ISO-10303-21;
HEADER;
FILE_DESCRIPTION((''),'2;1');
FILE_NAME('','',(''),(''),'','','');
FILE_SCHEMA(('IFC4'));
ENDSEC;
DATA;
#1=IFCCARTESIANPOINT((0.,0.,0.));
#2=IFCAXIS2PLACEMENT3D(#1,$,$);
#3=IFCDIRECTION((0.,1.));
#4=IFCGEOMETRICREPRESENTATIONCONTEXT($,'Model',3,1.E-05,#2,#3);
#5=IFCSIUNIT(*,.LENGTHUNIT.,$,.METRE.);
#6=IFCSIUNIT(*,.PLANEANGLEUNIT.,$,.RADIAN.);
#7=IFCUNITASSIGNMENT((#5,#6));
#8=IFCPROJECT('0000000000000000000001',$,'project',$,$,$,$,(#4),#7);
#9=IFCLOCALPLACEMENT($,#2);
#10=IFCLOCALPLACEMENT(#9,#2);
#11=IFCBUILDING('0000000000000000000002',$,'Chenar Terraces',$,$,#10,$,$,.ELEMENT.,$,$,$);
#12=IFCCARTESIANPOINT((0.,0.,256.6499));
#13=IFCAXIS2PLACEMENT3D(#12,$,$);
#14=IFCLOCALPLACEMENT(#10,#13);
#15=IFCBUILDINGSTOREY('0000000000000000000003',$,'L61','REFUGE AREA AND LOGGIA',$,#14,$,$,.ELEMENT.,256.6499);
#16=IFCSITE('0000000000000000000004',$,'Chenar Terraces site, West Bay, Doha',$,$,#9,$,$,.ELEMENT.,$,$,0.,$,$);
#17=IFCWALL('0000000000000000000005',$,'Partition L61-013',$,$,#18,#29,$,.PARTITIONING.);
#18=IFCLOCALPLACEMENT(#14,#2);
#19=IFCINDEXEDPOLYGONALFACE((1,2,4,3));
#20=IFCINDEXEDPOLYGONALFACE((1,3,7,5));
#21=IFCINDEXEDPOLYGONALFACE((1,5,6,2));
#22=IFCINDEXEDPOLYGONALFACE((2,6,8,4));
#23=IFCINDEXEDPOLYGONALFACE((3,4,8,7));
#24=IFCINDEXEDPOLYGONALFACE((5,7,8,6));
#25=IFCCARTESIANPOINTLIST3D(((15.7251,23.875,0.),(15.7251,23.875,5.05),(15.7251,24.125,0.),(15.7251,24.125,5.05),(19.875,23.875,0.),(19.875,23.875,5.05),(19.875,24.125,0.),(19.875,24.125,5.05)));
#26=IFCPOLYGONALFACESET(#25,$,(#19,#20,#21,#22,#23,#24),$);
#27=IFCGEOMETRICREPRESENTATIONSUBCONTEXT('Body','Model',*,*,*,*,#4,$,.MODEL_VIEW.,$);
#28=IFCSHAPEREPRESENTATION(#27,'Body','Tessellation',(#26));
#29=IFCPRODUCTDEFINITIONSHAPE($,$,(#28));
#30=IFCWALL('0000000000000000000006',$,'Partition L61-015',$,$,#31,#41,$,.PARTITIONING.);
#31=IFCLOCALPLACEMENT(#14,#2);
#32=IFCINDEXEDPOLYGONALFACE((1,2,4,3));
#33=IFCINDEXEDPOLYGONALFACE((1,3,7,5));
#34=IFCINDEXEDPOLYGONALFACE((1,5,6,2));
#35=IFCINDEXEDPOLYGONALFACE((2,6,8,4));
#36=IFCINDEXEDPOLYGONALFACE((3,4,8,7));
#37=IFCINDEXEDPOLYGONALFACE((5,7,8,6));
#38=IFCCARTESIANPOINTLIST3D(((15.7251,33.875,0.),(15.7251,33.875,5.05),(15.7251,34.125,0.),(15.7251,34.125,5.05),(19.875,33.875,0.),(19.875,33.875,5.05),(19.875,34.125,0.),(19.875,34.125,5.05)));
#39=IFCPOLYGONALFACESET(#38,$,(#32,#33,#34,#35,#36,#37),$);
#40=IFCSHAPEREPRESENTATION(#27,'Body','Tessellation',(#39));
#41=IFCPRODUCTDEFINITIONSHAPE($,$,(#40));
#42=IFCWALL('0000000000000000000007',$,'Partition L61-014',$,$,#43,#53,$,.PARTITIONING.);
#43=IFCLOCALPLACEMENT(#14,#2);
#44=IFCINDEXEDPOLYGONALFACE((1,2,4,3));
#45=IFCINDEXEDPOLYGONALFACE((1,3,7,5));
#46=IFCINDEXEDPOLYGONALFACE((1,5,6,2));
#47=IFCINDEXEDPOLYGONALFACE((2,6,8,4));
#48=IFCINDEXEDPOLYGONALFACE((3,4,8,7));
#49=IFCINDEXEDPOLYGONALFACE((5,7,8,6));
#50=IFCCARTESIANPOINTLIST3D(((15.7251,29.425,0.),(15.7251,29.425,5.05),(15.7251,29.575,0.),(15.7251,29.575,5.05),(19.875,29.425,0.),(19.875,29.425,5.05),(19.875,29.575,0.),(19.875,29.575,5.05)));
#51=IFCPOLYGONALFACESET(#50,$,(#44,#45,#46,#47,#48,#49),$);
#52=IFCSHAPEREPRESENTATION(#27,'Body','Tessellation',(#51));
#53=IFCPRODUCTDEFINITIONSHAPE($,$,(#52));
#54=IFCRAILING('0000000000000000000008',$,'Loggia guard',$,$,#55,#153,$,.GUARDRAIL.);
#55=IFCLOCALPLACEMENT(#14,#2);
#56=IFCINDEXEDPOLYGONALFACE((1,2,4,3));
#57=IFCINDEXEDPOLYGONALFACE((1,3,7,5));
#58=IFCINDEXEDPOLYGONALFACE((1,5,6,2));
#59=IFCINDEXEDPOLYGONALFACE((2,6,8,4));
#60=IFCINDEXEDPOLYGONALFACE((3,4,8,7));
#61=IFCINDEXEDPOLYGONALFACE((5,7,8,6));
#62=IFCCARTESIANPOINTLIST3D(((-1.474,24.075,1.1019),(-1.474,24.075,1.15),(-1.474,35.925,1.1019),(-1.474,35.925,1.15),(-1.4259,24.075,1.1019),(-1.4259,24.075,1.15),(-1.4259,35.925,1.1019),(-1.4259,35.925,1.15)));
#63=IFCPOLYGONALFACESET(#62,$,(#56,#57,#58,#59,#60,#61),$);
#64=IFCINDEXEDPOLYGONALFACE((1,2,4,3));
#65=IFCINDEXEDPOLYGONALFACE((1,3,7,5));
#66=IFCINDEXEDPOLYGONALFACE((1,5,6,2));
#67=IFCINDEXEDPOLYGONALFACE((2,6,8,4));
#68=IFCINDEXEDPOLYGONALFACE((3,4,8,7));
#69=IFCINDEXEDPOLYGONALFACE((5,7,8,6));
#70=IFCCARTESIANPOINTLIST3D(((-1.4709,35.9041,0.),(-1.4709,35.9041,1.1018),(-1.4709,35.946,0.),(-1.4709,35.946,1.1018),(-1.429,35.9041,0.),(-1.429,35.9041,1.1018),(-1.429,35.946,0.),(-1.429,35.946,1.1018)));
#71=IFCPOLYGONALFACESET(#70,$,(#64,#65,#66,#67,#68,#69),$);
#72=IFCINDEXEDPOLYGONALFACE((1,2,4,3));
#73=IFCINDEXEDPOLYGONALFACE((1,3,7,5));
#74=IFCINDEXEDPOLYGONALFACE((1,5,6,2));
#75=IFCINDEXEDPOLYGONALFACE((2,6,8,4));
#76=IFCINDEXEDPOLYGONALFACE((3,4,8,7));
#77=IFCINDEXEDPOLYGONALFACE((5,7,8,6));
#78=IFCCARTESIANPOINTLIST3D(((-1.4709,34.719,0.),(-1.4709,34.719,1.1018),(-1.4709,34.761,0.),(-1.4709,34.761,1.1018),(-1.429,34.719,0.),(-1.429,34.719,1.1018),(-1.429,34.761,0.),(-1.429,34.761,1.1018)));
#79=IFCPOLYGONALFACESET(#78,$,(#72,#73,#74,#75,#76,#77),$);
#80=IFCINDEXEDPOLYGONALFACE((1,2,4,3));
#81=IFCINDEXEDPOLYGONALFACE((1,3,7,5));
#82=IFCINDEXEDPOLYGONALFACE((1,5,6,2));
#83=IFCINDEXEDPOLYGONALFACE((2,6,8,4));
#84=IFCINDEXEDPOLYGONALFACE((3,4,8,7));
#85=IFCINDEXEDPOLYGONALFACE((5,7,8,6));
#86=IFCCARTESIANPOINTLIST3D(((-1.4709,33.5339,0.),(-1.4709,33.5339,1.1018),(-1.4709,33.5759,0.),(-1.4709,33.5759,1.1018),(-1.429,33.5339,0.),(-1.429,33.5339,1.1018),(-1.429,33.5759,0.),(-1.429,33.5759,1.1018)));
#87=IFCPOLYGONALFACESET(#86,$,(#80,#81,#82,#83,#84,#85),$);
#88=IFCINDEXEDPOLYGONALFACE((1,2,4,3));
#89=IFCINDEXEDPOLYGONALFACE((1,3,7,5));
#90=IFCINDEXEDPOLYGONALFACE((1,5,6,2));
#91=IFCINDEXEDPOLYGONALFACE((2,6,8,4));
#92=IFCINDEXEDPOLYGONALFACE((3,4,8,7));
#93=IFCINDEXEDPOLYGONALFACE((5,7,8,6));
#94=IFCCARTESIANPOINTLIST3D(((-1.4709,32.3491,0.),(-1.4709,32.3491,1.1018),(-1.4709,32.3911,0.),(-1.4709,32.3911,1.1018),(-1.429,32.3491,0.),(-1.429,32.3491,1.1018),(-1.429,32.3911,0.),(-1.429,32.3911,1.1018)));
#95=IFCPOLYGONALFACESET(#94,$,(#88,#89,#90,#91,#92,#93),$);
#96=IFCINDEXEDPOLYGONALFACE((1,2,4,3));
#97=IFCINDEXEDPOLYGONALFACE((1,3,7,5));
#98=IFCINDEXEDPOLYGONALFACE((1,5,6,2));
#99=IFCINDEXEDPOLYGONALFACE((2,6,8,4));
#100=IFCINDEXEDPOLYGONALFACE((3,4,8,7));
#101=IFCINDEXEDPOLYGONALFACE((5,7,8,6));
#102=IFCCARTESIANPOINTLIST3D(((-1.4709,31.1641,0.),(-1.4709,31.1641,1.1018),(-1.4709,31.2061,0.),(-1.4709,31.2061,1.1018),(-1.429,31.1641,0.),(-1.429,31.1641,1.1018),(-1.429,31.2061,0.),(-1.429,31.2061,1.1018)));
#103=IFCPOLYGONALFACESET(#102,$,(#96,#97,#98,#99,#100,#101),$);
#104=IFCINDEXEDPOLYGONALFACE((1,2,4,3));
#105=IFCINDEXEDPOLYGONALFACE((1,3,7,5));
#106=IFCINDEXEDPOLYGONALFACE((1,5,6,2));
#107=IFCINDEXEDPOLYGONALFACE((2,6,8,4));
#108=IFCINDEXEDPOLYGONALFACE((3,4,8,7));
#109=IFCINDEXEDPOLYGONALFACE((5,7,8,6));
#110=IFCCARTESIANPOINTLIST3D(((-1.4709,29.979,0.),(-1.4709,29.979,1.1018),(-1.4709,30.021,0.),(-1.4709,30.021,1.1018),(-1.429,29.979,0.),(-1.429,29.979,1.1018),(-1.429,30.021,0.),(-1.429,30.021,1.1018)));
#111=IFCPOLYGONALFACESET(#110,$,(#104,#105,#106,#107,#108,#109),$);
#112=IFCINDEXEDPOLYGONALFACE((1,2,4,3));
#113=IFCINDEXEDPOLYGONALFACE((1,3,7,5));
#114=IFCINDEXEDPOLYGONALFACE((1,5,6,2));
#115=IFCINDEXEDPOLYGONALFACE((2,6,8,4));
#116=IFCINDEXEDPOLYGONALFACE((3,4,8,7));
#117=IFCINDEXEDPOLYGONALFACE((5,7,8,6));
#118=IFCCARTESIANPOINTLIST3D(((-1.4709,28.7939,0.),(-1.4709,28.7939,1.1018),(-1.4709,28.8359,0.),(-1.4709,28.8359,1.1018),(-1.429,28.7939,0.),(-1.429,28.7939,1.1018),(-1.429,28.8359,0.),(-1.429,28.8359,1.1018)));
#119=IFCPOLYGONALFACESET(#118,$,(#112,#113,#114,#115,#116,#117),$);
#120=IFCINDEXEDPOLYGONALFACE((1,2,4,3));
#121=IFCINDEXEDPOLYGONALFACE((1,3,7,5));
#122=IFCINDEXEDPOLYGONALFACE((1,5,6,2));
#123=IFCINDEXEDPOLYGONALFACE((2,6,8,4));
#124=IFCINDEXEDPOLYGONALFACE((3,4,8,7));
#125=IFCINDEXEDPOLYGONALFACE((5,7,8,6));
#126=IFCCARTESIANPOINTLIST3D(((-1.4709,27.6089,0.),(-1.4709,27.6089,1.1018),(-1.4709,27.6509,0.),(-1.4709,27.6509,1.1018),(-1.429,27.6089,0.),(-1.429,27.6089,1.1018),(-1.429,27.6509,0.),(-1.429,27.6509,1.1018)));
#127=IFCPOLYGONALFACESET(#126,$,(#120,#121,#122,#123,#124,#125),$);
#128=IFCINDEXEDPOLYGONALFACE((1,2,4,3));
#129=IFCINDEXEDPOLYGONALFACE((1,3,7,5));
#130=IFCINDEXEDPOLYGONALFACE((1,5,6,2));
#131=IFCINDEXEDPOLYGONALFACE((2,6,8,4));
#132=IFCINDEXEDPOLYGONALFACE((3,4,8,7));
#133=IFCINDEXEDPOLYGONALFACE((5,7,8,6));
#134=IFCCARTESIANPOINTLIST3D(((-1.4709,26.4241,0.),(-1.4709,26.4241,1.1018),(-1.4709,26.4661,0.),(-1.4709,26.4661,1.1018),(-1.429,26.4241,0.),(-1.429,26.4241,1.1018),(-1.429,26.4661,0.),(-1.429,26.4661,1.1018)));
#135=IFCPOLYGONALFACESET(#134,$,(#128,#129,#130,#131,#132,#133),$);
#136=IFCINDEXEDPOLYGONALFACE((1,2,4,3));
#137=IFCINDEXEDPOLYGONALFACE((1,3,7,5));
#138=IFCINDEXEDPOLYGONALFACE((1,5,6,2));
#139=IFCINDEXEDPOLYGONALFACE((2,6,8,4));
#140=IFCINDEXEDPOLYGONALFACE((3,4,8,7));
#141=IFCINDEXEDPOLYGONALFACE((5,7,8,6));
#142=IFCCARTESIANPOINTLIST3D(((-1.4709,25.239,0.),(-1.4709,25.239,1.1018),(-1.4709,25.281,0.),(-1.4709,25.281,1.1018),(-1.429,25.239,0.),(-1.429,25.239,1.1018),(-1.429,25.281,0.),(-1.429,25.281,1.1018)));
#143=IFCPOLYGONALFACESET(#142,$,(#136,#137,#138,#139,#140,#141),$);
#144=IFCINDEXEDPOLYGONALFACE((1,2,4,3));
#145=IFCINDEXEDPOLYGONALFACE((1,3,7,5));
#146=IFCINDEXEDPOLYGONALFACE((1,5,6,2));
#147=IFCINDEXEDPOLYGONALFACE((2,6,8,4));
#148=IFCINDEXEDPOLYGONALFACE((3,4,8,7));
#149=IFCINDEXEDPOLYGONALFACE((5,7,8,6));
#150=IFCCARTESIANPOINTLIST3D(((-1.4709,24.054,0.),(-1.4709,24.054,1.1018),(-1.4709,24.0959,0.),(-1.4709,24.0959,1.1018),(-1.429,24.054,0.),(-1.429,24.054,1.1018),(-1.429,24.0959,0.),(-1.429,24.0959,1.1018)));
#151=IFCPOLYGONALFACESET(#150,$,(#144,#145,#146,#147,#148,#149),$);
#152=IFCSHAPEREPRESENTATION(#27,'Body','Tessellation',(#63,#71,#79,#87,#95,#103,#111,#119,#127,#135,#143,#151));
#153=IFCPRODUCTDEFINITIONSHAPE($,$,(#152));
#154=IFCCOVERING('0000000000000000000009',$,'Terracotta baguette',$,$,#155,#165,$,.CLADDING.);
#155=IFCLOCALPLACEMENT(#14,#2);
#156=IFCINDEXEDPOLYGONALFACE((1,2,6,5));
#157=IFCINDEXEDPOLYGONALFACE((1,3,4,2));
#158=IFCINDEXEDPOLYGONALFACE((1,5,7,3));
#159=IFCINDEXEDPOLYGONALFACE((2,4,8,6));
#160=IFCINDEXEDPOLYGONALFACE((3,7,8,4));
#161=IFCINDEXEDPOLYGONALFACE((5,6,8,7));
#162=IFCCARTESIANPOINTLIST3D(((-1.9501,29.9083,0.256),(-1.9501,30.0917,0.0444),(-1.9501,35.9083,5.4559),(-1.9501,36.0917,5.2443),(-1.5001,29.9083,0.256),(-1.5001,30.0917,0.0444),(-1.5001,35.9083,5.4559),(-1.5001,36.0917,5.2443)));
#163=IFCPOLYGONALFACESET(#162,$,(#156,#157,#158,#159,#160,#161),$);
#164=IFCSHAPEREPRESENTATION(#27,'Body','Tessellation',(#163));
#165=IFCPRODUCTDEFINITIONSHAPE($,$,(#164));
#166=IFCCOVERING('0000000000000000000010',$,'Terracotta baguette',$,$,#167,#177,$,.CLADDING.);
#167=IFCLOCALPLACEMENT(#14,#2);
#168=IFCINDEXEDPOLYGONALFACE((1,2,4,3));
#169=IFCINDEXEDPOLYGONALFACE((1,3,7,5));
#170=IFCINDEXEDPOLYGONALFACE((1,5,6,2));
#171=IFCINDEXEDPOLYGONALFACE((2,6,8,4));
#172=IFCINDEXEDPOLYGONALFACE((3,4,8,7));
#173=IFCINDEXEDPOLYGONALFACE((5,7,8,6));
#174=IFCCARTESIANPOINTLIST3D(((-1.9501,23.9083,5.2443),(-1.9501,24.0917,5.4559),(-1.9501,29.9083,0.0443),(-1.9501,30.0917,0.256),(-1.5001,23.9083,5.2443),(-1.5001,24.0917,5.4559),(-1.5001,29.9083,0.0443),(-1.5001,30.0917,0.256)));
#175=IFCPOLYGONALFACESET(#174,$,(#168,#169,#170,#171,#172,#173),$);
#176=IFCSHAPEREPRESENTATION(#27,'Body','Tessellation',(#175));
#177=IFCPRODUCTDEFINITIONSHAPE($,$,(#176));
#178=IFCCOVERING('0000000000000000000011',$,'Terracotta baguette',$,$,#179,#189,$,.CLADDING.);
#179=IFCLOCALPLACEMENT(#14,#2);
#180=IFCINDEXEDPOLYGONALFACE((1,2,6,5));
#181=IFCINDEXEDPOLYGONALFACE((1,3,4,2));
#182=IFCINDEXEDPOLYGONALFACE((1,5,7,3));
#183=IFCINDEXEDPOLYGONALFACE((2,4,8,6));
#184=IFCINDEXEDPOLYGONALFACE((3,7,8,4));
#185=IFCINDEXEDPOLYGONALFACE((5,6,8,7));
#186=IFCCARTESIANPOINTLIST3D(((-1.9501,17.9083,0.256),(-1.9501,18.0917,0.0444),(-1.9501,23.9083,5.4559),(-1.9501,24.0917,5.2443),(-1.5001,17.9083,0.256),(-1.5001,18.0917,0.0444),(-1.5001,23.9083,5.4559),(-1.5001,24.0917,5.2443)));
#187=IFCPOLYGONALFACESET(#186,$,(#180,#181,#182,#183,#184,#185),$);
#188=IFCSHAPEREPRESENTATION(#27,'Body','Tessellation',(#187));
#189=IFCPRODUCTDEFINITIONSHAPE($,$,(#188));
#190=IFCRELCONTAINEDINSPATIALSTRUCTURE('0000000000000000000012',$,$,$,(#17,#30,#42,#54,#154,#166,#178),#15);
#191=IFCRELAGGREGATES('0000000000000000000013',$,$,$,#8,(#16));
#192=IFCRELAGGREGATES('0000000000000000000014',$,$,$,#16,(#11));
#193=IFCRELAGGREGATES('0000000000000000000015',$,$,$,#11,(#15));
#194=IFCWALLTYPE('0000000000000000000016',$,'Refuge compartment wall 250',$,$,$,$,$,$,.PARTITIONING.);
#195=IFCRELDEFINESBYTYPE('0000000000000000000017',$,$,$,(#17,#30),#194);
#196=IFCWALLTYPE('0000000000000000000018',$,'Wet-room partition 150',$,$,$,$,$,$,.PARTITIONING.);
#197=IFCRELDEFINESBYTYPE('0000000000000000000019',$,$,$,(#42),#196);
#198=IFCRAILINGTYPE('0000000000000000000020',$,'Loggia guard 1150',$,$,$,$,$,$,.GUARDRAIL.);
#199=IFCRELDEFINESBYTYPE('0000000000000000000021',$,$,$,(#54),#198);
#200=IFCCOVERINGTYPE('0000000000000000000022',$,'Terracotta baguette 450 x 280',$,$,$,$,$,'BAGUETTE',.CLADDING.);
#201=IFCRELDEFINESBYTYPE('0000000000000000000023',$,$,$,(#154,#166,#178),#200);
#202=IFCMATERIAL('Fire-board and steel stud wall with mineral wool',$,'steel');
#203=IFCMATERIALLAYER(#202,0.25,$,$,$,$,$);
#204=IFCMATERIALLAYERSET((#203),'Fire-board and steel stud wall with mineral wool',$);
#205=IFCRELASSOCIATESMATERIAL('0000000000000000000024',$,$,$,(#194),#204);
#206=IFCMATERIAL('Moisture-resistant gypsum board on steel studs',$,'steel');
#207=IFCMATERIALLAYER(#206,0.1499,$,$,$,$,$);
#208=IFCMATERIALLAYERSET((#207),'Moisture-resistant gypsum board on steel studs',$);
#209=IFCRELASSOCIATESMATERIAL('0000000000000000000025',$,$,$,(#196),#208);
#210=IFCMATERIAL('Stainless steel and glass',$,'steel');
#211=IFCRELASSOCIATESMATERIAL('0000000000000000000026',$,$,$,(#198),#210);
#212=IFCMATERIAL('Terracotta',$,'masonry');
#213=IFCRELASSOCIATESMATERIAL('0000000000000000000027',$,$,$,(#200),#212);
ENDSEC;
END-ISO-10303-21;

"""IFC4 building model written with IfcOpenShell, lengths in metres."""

from ifc_helpers import new_model, si_unit, direction, frame, frame_2d, origin, origin_2d, place, context, subcontext, project, spatial, rectangle, extrude, material, layer, layer_set, material_profile, profile_set, type_object, element, save


model = new_model("IFC4")

# Units and contexts
model_context = context("Model", 3, precision=1e-05, world=origin(), true_north=direction((0.0, 1.0)))
body_context = subcontext(model_context, "Body", "Model", "MODEL_VIEW")
ifc_project = project(units=[si_unit("LENGTHUNIT", "METRE"), si_unit("PLANEANGLEUNIT", "RADIAN")], contexts=[model_context])

# Site, building, storey
site_placement = place(None, origin())
site = spatial("IfcSite", under=ifc_project, at=site_placement, Name="Chenar Terraces site, West Bay, Doha", CompositionType="ELEMENT", RefElevation=0.0)
building_placement = place(site_placement, origin())
building = spatial("IfcBuilding", under=site, at=building_placement, Name="Chenar Terraces", CompositionType="ELEMENT")
storey_placement = place(building_placement, frame((0.0, 0.0, 256.6499)))
storey = spatial("IfcBuildingStorey", under=building, at=storey_placement, Name="L61", Description="REFUGE AREA AND LOGGIA", CompositionType="ELEMENT", Elevation=256.6499)

# Walls
ifc_material_1 = material(Name="Fire-board and steel stud wall with mineral wool", Category="steel")
ifc_layer_1 = layer(ifc_material_1, 0.25)
ifc_layer_set_1 = layer_set([ifc_layer_1], Name="Fire-board and steel stud wall with mineral wool")
wall_type_1 = type_object("IfcWallType", Name="Refuge compartment wall 250", PredefinedType="PARTITIONING", material=ifc_layer_set_1)
for number, where, z_axis, x_axis, name in (
    (1, (15.7251, 24.0, 0.0), (0.0, 0.0, 1.0), (1.0, 0.0, 0.0), "Partition L61-013"),
    (2, (15.7251, 34.0, 0.0), (0.0, 0.0, 1.0), (1.0, 0.0, 0.0), "Partition L61-015"),
):
    element("IfcWall", number, at=place(storey_placement, frame(where, z_axis=z_axis, x_axis=x_axis)), inside=storey, type_object=wall_type_1, Name=name, PredefinedType="PARTITIONING", context=body_context, shape_type="SweptSolid", body=[
        extrude(rectangle(XDim=4.1499, YDim=0.25, at=frame_2d((2.075, 0.0))), origin(), (0.0, 0.0, 1.0), 5.05),
    ])
ifc_material_2 = material(Name="Moisture-resistant gypsum board on steel studs", Category="steel")
ifc_layer_2 = layer(ifc_material_2, 0.1499)
ifc_layer_set_2 = layer_set([ifc_layer_2], Name="Moisture-resistant gypsum board on steel studs")
wall_type_2 = type_object("IfcWallType", Name="Wet-room partition 150", PredefinedType="PARTITIONING", material=ifc_layer_set_2)
wall_1_placement = place(storey_placement, frame((15.7251, 29.5, 0.0), z_axis=(0.0, 0.0, 1.0), x_axis=(1.0, 0.0, 0.0)))
element("IfcWall", 3, at=wall_1_placement, inside=storey, type_object=wall_type_2, Name="Partition L61-014", PredefinedType="PARTITIONING", context=body_context, shape_type="SweptSolid", body=[
    extrude(rectangle(XDim=4.1499, YDim=0.1499, at=frame_2d((2.075, 0.0))), origin(), (0.0, 0.0, 1.0), 5.05),
])

# Railing
ifc_material_3 = material(Name="Stainless steel and glass", Category="steel")
railing_type = type_object("IfcRailingType", Name="Loggia guard 1150", PredefinedType="GUARDRAIL", material=ifc_material_3)
railing_placement = place(storey_placement, frame((-1.45, 35.925, 0.0)))
element("IfcRailing", 4, at=railing_placement, inside=storey, type_object=railing_type, Name="Loggia guard", PredefinedType="GUARDRAIL", context=body_context, shape_type="SweptSolid", body=[
    extrude(rectangle(XDim=0.0481, YDim=0.0481, at=origin_2d()), frame((0.0, 0.0, 1.126), z_axis=(0.0, -1.0, 0.0), x_axis=(1.0, 0.0, 0.0)), (0.0, 0.0, 1.0), 11.8501),
    extrude(rectangle(XDim=0.042, YDim=0.042, at=origin_2d()), origin(), (0.0, 0.0, 1.0), 1.1018),
    extrude(rectangle(XDim=0.042, YDim=0.042, at=origin_2d()), frame((0.0, -1.1851, 0.0)), (0.0, 0.0, 1.0), 1.1018),
    extrude(rectangle(XDim=0.042, YDim=0.042, at=origin_2d()), frame((0.0, -2.3701, 0.0)), (0.0, 0.0, 1.0), 1.1018),
    extrude(rectangle(XDim=0.042, YDim=0.042, at=origin_2d()), frame((0.0, -3.5549, 0.0)), (0.0, 0.0, 1.0), 1.1018),
    extrude(rectangle(XDim=0.042, YDim=0.042, at=origin_2d()), frame((0.0, -4.74, 0.0)), (0.0, 0.0, 1.0), 1.1018),
    extrude(rectangle(XDim=0.042, YDim=0.042, at=origin_2d()), frame((0.0, -5.925, 0.0)), (0.0, 0.0, 1.0), 1.1018),
    extrude(rectangle(XDim=0.042, YDim=0.042, at=origin_2d()), frame((0.0, -7.1101, 0.0)), (0.0, 0.0, 1.0), 1.1018),
    extrude(rectangle(XDim=0.042, YDim=0.042, at=origin_2d()), frame((0.0, -8.2952, 0.0)), (0.0, 0.0, 1.0), 1.1018),
    extrude(rectangle(XDim=0.042, YDim=0.042, at=origin_2d()), frame((0.0, -9.48, 0.0)), (0.0, 0.0, 1.0), 1.1018),
    extrude(rectangle(XDim=0.042, YDim=0.042, at=origin_2d()), frame((0.0, -10.665, 0.0)), (0.0, 0.0, 1.0), 1.1018),
    extrude(rectangle(XDim=0.042, YDim=0.042, at=origin_2d()), frame((0.0, -11.8501, 0.0)), (0.0, 0.0, 1.0), 1.1018),
])

# Coverings
ifc_material_4 = material(Name="Terracotta", Category="masonry")
ifc_material_profile_1 = material_profile(ifc_material_4, rectangle(XDim=0.45, YDim=0.28, at=origin_2d()), Name="Terracotta baguette 450 x 280")
ifc_profile_set_1 = profile_set([ifc_material_profile_1], Name="Terracotta")
covering_type = type_object("IfcCoveringType", Name="Terracotta baguette 450 x 280", ElementType="BAGUETTE", PredefinedType="CLADDING", material=ifc_profile_set_1)
for number, where, z_axis, x_axis, name in (
    (5, (-1.7251, 36.0, 5.3501), (0.0, -0.755692, -0.654927), (1.0, 0.0, 0.0), "Terracotta baguette"),
    (6, (-1.7251, 30.0, 0.1501), (0.0, -0.755692, 0.654927), (1.0, 0.0, 0.0), "Terracotta baguette"),
    (7, (-1.7251, 24.0, 5.3501), (0.0, -0.755692, -0.654927), (1.0, 0.0, 0.0), "Terracotta baguette"),
):
    element("IfcCovering", number, at=place(storey_placement, frame(where, z_axis=z_axis, x_axis=x_axis)), inside=storey, type_object=covering_type, Name=name, PredefinedType="CLADDING", context=body_context, shape_type="SweptSolid", body=[
        extrude(rectangle(XDim=0.45, YDim=0.28, at=origin_2d()), origin(), (0.0, 0.0, 1.0), 7.9397),
    ])

save(model, "model.ifc")
